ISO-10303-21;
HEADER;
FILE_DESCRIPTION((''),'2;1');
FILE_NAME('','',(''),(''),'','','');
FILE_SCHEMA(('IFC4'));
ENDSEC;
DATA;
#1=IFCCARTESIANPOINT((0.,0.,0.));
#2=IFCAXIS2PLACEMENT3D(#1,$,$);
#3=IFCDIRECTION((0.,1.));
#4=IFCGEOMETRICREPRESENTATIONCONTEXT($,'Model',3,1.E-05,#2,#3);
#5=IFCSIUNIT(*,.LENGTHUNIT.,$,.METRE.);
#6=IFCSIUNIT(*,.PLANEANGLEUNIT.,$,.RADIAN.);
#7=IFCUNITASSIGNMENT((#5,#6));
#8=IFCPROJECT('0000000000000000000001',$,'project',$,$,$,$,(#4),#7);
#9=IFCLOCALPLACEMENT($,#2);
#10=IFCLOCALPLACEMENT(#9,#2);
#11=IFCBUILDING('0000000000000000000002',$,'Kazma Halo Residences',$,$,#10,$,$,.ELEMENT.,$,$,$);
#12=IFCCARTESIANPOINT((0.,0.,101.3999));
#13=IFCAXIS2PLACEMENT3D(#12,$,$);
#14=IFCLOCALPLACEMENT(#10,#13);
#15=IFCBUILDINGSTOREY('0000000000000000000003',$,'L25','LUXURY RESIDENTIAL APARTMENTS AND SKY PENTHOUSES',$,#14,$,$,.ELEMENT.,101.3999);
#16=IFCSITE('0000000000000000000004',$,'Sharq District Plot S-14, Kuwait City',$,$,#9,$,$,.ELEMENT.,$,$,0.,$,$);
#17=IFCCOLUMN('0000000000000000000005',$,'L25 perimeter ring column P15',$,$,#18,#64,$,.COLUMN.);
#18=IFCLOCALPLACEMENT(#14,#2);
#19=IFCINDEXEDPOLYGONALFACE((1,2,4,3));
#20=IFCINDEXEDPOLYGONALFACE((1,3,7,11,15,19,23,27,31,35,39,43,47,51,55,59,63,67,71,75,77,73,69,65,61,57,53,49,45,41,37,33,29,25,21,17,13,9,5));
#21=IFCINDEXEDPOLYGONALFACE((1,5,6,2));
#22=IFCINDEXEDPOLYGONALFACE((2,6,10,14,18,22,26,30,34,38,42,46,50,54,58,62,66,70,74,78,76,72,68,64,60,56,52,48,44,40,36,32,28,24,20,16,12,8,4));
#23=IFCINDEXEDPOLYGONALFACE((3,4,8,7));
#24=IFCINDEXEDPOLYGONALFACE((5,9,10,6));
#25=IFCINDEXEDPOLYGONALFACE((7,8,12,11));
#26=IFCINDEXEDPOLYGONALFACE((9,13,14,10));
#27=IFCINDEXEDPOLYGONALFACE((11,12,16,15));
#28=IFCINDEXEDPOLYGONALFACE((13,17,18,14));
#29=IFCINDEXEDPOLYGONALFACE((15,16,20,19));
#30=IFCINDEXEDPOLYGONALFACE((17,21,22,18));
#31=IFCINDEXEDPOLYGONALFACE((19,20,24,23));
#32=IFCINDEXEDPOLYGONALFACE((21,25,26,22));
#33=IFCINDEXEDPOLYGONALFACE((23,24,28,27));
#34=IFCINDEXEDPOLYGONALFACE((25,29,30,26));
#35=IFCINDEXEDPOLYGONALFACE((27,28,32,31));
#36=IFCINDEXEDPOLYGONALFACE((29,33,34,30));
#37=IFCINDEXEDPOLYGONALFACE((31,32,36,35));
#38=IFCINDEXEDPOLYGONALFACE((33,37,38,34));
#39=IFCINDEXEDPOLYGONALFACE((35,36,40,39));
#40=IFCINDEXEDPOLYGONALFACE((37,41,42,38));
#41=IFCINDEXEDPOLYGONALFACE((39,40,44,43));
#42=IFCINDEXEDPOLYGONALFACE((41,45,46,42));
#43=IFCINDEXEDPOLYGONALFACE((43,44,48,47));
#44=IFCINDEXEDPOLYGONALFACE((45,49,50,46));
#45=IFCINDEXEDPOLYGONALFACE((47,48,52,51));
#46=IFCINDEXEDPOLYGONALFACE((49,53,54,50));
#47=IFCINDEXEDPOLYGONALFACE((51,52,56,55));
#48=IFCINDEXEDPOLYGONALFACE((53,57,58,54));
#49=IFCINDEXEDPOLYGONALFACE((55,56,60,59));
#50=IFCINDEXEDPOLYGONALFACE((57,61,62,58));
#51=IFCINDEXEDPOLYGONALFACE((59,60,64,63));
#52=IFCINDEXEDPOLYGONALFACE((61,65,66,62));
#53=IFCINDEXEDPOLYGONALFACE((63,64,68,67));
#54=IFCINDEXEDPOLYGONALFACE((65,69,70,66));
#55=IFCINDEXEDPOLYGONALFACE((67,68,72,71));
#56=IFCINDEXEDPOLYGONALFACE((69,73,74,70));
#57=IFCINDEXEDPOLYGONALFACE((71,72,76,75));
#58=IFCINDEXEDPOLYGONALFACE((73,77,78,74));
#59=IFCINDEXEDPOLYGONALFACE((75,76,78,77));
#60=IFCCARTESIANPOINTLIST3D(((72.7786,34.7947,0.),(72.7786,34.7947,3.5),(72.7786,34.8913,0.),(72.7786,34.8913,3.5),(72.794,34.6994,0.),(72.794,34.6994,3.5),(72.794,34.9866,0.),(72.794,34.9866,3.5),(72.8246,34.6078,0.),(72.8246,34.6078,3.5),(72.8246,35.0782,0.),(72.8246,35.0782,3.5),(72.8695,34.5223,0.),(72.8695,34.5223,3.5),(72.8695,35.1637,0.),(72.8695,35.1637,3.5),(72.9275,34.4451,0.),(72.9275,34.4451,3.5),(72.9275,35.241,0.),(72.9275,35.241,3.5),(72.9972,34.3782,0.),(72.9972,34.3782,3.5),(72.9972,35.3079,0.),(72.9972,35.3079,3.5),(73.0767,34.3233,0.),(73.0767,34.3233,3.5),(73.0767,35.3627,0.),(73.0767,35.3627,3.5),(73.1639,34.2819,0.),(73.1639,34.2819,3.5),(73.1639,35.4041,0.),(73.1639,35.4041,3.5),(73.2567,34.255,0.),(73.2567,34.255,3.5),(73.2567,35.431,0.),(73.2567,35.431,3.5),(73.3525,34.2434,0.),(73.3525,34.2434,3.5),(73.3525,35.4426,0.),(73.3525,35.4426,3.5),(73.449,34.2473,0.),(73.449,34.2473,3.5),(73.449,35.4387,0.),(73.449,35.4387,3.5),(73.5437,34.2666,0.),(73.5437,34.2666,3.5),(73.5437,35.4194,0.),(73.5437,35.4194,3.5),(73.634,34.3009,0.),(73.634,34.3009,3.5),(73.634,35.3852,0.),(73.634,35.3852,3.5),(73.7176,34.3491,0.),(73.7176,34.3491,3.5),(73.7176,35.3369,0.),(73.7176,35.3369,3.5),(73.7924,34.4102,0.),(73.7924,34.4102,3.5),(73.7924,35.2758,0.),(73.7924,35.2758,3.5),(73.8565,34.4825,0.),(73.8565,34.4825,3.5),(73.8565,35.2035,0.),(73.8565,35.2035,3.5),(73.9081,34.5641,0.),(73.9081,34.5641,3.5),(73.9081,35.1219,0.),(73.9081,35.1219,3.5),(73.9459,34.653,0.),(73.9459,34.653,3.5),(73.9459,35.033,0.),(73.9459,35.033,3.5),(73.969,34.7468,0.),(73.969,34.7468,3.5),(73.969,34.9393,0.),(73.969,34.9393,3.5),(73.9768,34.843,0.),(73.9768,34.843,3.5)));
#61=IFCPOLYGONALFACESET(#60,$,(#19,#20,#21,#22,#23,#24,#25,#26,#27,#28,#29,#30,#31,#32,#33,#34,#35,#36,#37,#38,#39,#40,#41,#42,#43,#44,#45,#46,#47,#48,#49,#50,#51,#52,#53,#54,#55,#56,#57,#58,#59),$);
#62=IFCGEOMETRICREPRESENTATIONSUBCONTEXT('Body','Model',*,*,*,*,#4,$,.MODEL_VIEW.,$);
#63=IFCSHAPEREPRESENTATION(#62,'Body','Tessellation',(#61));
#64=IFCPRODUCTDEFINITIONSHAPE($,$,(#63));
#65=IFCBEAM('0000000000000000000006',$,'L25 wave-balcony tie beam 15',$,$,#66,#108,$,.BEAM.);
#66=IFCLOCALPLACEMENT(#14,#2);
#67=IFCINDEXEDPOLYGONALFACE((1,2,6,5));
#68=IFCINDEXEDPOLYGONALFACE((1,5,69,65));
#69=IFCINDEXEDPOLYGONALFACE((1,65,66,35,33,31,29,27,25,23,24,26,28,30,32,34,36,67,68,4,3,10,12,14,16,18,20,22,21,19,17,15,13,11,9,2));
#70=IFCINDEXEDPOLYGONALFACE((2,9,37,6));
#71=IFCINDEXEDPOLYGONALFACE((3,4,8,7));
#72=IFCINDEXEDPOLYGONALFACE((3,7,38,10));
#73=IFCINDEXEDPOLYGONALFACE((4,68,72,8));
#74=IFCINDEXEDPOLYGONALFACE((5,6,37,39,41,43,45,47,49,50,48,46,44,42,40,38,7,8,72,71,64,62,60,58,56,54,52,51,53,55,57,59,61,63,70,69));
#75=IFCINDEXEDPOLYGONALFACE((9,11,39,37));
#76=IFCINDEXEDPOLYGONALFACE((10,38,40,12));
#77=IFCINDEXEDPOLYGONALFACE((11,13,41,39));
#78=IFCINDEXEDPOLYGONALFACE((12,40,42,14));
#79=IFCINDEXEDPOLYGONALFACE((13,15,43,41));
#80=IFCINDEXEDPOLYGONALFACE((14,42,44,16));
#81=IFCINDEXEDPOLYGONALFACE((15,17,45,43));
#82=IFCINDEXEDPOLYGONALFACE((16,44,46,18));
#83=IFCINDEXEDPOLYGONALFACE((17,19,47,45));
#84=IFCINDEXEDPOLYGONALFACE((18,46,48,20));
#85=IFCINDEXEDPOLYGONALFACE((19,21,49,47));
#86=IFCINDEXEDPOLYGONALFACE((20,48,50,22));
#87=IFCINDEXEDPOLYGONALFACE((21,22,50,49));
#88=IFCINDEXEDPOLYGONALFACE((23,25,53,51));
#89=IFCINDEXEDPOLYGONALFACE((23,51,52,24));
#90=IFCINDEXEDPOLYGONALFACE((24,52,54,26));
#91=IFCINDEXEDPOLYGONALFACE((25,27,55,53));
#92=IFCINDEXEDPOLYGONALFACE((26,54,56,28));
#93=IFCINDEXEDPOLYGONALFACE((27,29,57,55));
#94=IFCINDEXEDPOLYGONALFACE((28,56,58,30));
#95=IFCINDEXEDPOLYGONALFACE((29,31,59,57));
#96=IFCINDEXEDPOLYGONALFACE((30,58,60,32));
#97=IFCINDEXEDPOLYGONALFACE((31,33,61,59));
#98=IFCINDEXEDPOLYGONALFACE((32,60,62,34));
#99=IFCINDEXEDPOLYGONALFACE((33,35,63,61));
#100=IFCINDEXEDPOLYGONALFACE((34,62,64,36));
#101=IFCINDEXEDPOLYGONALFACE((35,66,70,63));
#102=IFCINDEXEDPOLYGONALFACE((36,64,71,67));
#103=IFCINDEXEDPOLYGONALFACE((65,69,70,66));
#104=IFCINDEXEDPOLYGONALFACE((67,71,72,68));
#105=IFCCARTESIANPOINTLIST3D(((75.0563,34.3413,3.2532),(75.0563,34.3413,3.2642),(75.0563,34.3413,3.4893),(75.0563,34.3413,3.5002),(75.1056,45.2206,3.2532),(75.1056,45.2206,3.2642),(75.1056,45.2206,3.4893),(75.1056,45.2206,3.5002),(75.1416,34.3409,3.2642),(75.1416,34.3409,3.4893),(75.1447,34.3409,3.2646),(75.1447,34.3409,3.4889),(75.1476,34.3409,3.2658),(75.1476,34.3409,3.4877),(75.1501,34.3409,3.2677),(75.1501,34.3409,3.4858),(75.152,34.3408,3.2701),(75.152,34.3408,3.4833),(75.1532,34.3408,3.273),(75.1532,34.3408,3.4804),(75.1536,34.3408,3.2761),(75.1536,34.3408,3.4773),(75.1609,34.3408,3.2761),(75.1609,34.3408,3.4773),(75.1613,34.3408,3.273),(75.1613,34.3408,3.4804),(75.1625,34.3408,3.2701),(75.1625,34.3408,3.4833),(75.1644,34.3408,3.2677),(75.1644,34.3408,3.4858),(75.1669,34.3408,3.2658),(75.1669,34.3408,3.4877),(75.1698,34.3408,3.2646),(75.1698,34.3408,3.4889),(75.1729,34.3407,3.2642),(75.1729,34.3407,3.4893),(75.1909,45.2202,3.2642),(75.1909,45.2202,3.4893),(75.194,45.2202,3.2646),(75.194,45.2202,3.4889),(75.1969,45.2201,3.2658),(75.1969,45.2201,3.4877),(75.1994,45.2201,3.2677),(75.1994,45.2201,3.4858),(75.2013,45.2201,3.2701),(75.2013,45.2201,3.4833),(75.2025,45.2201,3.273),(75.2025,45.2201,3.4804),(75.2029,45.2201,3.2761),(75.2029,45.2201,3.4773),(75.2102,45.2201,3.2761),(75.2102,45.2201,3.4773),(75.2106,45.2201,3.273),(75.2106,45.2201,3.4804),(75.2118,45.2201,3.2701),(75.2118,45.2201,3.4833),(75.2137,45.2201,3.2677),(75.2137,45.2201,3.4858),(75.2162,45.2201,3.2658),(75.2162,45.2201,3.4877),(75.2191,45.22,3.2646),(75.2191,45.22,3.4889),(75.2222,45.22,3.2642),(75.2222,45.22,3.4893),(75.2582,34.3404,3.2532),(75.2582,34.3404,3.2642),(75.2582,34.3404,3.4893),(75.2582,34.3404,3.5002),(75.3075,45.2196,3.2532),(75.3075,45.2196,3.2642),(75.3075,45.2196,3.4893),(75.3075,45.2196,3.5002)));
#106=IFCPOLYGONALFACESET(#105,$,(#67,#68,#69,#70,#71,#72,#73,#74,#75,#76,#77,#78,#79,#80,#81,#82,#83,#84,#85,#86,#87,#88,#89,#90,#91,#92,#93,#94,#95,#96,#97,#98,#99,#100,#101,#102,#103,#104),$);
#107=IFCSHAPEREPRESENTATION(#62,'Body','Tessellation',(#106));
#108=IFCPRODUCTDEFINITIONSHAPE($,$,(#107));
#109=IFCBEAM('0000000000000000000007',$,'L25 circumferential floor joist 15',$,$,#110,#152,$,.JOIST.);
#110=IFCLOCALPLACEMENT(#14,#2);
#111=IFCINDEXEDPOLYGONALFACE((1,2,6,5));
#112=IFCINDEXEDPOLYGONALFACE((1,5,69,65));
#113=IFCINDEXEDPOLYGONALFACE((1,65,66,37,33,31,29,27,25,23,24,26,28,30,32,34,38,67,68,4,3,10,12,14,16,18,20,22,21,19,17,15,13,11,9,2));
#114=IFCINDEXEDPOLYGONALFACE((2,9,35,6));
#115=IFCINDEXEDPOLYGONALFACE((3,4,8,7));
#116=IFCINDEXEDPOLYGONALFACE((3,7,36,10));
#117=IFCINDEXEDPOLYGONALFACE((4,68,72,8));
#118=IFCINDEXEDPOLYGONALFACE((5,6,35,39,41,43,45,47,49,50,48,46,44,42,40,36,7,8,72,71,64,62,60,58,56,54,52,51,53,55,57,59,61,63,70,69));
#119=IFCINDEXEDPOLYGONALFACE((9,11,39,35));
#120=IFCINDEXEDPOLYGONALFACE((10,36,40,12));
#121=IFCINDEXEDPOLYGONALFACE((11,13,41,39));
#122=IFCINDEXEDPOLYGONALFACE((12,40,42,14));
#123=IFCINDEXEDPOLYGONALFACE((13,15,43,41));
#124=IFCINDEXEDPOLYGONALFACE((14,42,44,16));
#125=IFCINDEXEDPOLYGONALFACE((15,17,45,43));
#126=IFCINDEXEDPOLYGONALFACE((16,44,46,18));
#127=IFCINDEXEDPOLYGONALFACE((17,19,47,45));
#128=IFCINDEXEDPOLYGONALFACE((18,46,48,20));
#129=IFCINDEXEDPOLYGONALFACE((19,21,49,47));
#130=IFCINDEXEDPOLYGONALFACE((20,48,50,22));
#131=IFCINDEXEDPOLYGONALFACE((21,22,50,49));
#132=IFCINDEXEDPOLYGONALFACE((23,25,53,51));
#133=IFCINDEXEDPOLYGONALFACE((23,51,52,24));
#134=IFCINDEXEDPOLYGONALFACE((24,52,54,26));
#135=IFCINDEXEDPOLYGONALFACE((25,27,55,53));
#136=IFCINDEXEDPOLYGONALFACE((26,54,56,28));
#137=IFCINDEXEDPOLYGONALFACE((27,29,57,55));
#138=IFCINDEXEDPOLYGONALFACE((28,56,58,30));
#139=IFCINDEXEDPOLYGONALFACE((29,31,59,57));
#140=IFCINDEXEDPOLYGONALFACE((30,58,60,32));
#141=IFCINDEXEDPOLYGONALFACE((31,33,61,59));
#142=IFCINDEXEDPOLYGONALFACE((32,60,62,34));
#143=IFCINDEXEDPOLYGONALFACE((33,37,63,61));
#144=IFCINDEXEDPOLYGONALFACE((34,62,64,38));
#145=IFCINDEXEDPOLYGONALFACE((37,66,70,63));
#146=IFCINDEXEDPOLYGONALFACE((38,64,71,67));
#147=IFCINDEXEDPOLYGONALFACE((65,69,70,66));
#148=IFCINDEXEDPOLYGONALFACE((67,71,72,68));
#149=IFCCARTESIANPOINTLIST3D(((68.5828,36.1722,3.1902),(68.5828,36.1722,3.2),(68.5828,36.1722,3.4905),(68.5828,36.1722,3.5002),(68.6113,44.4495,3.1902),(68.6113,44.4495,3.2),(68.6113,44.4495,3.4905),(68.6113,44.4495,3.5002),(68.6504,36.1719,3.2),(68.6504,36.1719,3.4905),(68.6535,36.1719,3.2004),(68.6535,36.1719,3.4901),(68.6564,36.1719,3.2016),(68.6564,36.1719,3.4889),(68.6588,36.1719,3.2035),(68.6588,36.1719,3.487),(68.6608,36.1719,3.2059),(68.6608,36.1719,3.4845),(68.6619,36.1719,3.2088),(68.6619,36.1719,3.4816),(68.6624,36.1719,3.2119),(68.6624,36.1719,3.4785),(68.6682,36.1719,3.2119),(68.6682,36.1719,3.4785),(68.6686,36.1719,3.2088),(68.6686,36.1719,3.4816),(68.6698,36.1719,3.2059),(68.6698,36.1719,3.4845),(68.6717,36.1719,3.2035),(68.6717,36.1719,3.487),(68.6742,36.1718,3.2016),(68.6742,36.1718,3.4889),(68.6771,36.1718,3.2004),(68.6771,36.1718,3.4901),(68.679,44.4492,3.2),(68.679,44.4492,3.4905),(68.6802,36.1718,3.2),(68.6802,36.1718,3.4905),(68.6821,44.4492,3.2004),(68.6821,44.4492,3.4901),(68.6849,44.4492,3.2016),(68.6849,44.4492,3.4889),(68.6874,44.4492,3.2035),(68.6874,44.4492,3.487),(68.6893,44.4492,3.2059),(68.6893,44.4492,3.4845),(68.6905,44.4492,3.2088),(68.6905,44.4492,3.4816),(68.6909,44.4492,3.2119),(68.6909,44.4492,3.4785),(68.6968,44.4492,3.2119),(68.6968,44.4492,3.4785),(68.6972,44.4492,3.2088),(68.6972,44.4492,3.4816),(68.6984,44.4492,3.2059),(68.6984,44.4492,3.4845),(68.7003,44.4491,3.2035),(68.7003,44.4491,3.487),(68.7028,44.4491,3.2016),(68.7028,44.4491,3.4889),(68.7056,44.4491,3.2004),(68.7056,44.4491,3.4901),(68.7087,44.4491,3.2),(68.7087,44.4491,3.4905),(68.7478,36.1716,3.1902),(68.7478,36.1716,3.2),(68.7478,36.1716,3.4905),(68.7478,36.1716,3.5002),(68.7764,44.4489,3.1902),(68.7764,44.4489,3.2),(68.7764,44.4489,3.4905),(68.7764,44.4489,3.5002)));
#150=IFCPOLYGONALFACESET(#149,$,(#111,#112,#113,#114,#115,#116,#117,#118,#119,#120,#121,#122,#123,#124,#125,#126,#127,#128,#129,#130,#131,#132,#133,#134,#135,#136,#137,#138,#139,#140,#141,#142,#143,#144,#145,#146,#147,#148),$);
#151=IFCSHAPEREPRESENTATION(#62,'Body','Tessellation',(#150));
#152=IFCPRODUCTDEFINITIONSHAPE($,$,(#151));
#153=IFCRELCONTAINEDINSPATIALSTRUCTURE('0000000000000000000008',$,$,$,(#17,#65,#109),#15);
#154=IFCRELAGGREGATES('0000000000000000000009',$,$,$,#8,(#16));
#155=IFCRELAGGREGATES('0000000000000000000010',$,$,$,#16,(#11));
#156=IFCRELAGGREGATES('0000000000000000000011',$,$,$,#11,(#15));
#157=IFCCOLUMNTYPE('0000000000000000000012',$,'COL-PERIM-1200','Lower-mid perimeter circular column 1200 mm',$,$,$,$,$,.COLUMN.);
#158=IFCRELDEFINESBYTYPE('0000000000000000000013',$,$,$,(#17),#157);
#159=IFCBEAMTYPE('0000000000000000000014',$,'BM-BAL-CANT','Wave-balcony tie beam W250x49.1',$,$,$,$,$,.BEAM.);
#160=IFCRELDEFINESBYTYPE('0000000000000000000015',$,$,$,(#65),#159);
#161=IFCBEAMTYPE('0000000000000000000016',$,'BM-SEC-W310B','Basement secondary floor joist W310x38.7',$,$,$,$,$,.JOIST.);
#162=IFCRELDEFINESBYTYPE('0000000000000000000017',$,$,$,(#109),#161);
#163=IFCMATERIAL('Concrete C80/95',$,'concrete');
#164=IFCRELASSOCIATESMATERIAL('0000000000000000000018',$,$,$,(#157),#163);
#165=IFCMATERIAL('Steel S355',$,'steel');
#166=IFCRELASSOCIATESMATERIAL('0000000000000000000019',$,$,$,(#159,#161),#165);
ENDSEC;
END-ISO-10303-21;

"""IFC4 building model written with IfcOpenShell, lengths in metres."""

from ifc_helpers import new_model, si_unit, direction, frame, origin, origin_2d, place, context, subcontext, project, spatial, circle, i_section, extrude, material, material_profile, profile_set, type_object, element, save


model = new_model("IFC4")

# Units and contexts
model_context = context("Model", 3, precision=1e-05, world=origin(), true_north=direction((0.0, 1.0)))
body_context = subcontext(model_context, "Body", "Model", "MODEL_VIEW")
ifc_project = project(units=[si_unit("LENGTHUNIT", "METRE"), si_unit("PLANEANGLEUNIT", "RADIAN")], contexts=[model_context])

# Site, building, storey
site_placement = place(None, origin())
site = spatial("IfcSite", under=ifc_project, at=site_placement, Name="Sharq District Plot S-14, Kuwait City", CompositionType="ELEMENT", RefElevation=0.0)
building_placement = place(site_placement, origin())
building = spatial("IfcBuilding", under=site, at=building_placement, Name="Kazma Halo Residences", CompositionType="ELEMENT")
storey_placement = place(building_placement, frame((0.0, 0.0, 101.3999)))
storey = spatial("IfcBuildingStorey", under=building, at=storey_placement, Name="L25", Description="LUXURY RESIDENTIAL APARTMENTS AND SKY PENTHOUSES", CompositionType="ELEMENT", Elevation=101.3999)

# Column
ifc_material_1 = material(Name="Concrete C80/95", Category="concrete")
ifc_material_profile_1 = material_profile(ifc_material_1, circle(Radius=0.6001, at=origin_2d()), Name="CIRC1200")
ifc_profile_set_1 = profile_set([ifc_material_profile_1], Name="Concrete C80/95")
column_type = type_object("IfcColumnType", Name="COL-PERIM-1200", Description="Lower-mid perimeter circular column 1200 mm", PredefinedType="COLUMN", material=ifc_profile_set_1)
column_placement = place(storey_placement, frame((73.3767, 34.843, 0.0), z_axis=(0.0, 0.0, 1.0), x_axis=(1.0, 0.0, 0.0)))
element("IfcColumn", 1, at=column_placement, inside=storey, type_object=column_type, Name="L25 perimeter ring column P15", PredefinedType="COLUMN", context=body_context, shape_type="SweptSolid", body=[
    extrude(circle(Radius=0.6001, at=origin_2d()), origin(), (0.0, 0.0, 1.0), 3.5),
])

# Beams
ifc_material_2 = material(Name="Steel S355", Category="steel")
ifc_material_profile_2 = material_profile(ifc_material_2, i_section(OverallWidth=0.2019, OverallDepth=0.2471, WebThickness=0.0073, FlangeThickness=0.011, FilletRadius=0.012, at=origin_2d()), Name="W250x49.1")
ifc_profile_set_2 = profile_set([ifc_material_profile_2], Name="Steel S355")
beam_type_1 = type_object("IfcBeamType", Name="BM-BAL-CANT", Description="Wave-balcony tie beam W250x49.1", PredefinedType="BEAM", material=ifc_profile_set_2)
beam_1_placement = place(storey_placement, frame((75.1572, 34.3408, 3.3767), z_axis=(0.004533, 0.99999, 0.0), x_axis=(-0.99999, 0.004533, 0.0)))
element("IfcBeam", 2, at=beam_1_placement, inside=storey, type_object=beam_type_1, Name="L25 wave-balcony tie beam 15", PredefinedType="BEAM", context=body_context, shape_type="SweptSolid", body=[
    extrude(i_section(OverallWidth=0.2019, OverallDepth=0.2471, WebThickness=0.0073, FlangeThickness=0.011, FilletRadius=0.012, at=origin_2d()), origin(), (0.0, 0.0, 1.0), 10.8794),
])
ifc_material_profile_3 = material_profile(ifc_material_2, i_section(OverallWidth=0.165, OverallDepth=0.3101, WebThickness=0.0059, FlangeThickness=0.0098, FilletRadius=0.012, at=origin_2d()), Name="W310x38.7")
ifc_profile_set_3 = profile_set([ifc_material_profile_3], Name="Steel S355")
beam_type_2 = type_object("IfcBeamType", Name="BM-SEC-W310B", Description="Basement secondary floor joist W310x38.7", PredefinedType="JOIST", material=ifc_profile_set_3)
beam_2_placement = place(storey_placement, frame((68.6653, 36.1719, 3.3452), z_axis=(0.003451, 0.999994, 0.0), x_axis=(-0.999994, 0.003451, 0.0)))
element("IfcBeam", 3, at=beam_2_placement, inside=storey, type_object=beam_type_2, Name="L25 circumferential floor joist 15", PredefinedType="JOIST", context=body_context, shape_type="SweptSolid", body=[
    extrude(i_section(OverallWidth=0.165, OverallDepth=0.3101, WebThickness=0.0059, FlangeThickness=0.0098, FilletRadius=0.012, at=origin_2d()), origin(), (0.0, 0.0, 1.0), 8.2773),
])

save(model, "model.ifc")
